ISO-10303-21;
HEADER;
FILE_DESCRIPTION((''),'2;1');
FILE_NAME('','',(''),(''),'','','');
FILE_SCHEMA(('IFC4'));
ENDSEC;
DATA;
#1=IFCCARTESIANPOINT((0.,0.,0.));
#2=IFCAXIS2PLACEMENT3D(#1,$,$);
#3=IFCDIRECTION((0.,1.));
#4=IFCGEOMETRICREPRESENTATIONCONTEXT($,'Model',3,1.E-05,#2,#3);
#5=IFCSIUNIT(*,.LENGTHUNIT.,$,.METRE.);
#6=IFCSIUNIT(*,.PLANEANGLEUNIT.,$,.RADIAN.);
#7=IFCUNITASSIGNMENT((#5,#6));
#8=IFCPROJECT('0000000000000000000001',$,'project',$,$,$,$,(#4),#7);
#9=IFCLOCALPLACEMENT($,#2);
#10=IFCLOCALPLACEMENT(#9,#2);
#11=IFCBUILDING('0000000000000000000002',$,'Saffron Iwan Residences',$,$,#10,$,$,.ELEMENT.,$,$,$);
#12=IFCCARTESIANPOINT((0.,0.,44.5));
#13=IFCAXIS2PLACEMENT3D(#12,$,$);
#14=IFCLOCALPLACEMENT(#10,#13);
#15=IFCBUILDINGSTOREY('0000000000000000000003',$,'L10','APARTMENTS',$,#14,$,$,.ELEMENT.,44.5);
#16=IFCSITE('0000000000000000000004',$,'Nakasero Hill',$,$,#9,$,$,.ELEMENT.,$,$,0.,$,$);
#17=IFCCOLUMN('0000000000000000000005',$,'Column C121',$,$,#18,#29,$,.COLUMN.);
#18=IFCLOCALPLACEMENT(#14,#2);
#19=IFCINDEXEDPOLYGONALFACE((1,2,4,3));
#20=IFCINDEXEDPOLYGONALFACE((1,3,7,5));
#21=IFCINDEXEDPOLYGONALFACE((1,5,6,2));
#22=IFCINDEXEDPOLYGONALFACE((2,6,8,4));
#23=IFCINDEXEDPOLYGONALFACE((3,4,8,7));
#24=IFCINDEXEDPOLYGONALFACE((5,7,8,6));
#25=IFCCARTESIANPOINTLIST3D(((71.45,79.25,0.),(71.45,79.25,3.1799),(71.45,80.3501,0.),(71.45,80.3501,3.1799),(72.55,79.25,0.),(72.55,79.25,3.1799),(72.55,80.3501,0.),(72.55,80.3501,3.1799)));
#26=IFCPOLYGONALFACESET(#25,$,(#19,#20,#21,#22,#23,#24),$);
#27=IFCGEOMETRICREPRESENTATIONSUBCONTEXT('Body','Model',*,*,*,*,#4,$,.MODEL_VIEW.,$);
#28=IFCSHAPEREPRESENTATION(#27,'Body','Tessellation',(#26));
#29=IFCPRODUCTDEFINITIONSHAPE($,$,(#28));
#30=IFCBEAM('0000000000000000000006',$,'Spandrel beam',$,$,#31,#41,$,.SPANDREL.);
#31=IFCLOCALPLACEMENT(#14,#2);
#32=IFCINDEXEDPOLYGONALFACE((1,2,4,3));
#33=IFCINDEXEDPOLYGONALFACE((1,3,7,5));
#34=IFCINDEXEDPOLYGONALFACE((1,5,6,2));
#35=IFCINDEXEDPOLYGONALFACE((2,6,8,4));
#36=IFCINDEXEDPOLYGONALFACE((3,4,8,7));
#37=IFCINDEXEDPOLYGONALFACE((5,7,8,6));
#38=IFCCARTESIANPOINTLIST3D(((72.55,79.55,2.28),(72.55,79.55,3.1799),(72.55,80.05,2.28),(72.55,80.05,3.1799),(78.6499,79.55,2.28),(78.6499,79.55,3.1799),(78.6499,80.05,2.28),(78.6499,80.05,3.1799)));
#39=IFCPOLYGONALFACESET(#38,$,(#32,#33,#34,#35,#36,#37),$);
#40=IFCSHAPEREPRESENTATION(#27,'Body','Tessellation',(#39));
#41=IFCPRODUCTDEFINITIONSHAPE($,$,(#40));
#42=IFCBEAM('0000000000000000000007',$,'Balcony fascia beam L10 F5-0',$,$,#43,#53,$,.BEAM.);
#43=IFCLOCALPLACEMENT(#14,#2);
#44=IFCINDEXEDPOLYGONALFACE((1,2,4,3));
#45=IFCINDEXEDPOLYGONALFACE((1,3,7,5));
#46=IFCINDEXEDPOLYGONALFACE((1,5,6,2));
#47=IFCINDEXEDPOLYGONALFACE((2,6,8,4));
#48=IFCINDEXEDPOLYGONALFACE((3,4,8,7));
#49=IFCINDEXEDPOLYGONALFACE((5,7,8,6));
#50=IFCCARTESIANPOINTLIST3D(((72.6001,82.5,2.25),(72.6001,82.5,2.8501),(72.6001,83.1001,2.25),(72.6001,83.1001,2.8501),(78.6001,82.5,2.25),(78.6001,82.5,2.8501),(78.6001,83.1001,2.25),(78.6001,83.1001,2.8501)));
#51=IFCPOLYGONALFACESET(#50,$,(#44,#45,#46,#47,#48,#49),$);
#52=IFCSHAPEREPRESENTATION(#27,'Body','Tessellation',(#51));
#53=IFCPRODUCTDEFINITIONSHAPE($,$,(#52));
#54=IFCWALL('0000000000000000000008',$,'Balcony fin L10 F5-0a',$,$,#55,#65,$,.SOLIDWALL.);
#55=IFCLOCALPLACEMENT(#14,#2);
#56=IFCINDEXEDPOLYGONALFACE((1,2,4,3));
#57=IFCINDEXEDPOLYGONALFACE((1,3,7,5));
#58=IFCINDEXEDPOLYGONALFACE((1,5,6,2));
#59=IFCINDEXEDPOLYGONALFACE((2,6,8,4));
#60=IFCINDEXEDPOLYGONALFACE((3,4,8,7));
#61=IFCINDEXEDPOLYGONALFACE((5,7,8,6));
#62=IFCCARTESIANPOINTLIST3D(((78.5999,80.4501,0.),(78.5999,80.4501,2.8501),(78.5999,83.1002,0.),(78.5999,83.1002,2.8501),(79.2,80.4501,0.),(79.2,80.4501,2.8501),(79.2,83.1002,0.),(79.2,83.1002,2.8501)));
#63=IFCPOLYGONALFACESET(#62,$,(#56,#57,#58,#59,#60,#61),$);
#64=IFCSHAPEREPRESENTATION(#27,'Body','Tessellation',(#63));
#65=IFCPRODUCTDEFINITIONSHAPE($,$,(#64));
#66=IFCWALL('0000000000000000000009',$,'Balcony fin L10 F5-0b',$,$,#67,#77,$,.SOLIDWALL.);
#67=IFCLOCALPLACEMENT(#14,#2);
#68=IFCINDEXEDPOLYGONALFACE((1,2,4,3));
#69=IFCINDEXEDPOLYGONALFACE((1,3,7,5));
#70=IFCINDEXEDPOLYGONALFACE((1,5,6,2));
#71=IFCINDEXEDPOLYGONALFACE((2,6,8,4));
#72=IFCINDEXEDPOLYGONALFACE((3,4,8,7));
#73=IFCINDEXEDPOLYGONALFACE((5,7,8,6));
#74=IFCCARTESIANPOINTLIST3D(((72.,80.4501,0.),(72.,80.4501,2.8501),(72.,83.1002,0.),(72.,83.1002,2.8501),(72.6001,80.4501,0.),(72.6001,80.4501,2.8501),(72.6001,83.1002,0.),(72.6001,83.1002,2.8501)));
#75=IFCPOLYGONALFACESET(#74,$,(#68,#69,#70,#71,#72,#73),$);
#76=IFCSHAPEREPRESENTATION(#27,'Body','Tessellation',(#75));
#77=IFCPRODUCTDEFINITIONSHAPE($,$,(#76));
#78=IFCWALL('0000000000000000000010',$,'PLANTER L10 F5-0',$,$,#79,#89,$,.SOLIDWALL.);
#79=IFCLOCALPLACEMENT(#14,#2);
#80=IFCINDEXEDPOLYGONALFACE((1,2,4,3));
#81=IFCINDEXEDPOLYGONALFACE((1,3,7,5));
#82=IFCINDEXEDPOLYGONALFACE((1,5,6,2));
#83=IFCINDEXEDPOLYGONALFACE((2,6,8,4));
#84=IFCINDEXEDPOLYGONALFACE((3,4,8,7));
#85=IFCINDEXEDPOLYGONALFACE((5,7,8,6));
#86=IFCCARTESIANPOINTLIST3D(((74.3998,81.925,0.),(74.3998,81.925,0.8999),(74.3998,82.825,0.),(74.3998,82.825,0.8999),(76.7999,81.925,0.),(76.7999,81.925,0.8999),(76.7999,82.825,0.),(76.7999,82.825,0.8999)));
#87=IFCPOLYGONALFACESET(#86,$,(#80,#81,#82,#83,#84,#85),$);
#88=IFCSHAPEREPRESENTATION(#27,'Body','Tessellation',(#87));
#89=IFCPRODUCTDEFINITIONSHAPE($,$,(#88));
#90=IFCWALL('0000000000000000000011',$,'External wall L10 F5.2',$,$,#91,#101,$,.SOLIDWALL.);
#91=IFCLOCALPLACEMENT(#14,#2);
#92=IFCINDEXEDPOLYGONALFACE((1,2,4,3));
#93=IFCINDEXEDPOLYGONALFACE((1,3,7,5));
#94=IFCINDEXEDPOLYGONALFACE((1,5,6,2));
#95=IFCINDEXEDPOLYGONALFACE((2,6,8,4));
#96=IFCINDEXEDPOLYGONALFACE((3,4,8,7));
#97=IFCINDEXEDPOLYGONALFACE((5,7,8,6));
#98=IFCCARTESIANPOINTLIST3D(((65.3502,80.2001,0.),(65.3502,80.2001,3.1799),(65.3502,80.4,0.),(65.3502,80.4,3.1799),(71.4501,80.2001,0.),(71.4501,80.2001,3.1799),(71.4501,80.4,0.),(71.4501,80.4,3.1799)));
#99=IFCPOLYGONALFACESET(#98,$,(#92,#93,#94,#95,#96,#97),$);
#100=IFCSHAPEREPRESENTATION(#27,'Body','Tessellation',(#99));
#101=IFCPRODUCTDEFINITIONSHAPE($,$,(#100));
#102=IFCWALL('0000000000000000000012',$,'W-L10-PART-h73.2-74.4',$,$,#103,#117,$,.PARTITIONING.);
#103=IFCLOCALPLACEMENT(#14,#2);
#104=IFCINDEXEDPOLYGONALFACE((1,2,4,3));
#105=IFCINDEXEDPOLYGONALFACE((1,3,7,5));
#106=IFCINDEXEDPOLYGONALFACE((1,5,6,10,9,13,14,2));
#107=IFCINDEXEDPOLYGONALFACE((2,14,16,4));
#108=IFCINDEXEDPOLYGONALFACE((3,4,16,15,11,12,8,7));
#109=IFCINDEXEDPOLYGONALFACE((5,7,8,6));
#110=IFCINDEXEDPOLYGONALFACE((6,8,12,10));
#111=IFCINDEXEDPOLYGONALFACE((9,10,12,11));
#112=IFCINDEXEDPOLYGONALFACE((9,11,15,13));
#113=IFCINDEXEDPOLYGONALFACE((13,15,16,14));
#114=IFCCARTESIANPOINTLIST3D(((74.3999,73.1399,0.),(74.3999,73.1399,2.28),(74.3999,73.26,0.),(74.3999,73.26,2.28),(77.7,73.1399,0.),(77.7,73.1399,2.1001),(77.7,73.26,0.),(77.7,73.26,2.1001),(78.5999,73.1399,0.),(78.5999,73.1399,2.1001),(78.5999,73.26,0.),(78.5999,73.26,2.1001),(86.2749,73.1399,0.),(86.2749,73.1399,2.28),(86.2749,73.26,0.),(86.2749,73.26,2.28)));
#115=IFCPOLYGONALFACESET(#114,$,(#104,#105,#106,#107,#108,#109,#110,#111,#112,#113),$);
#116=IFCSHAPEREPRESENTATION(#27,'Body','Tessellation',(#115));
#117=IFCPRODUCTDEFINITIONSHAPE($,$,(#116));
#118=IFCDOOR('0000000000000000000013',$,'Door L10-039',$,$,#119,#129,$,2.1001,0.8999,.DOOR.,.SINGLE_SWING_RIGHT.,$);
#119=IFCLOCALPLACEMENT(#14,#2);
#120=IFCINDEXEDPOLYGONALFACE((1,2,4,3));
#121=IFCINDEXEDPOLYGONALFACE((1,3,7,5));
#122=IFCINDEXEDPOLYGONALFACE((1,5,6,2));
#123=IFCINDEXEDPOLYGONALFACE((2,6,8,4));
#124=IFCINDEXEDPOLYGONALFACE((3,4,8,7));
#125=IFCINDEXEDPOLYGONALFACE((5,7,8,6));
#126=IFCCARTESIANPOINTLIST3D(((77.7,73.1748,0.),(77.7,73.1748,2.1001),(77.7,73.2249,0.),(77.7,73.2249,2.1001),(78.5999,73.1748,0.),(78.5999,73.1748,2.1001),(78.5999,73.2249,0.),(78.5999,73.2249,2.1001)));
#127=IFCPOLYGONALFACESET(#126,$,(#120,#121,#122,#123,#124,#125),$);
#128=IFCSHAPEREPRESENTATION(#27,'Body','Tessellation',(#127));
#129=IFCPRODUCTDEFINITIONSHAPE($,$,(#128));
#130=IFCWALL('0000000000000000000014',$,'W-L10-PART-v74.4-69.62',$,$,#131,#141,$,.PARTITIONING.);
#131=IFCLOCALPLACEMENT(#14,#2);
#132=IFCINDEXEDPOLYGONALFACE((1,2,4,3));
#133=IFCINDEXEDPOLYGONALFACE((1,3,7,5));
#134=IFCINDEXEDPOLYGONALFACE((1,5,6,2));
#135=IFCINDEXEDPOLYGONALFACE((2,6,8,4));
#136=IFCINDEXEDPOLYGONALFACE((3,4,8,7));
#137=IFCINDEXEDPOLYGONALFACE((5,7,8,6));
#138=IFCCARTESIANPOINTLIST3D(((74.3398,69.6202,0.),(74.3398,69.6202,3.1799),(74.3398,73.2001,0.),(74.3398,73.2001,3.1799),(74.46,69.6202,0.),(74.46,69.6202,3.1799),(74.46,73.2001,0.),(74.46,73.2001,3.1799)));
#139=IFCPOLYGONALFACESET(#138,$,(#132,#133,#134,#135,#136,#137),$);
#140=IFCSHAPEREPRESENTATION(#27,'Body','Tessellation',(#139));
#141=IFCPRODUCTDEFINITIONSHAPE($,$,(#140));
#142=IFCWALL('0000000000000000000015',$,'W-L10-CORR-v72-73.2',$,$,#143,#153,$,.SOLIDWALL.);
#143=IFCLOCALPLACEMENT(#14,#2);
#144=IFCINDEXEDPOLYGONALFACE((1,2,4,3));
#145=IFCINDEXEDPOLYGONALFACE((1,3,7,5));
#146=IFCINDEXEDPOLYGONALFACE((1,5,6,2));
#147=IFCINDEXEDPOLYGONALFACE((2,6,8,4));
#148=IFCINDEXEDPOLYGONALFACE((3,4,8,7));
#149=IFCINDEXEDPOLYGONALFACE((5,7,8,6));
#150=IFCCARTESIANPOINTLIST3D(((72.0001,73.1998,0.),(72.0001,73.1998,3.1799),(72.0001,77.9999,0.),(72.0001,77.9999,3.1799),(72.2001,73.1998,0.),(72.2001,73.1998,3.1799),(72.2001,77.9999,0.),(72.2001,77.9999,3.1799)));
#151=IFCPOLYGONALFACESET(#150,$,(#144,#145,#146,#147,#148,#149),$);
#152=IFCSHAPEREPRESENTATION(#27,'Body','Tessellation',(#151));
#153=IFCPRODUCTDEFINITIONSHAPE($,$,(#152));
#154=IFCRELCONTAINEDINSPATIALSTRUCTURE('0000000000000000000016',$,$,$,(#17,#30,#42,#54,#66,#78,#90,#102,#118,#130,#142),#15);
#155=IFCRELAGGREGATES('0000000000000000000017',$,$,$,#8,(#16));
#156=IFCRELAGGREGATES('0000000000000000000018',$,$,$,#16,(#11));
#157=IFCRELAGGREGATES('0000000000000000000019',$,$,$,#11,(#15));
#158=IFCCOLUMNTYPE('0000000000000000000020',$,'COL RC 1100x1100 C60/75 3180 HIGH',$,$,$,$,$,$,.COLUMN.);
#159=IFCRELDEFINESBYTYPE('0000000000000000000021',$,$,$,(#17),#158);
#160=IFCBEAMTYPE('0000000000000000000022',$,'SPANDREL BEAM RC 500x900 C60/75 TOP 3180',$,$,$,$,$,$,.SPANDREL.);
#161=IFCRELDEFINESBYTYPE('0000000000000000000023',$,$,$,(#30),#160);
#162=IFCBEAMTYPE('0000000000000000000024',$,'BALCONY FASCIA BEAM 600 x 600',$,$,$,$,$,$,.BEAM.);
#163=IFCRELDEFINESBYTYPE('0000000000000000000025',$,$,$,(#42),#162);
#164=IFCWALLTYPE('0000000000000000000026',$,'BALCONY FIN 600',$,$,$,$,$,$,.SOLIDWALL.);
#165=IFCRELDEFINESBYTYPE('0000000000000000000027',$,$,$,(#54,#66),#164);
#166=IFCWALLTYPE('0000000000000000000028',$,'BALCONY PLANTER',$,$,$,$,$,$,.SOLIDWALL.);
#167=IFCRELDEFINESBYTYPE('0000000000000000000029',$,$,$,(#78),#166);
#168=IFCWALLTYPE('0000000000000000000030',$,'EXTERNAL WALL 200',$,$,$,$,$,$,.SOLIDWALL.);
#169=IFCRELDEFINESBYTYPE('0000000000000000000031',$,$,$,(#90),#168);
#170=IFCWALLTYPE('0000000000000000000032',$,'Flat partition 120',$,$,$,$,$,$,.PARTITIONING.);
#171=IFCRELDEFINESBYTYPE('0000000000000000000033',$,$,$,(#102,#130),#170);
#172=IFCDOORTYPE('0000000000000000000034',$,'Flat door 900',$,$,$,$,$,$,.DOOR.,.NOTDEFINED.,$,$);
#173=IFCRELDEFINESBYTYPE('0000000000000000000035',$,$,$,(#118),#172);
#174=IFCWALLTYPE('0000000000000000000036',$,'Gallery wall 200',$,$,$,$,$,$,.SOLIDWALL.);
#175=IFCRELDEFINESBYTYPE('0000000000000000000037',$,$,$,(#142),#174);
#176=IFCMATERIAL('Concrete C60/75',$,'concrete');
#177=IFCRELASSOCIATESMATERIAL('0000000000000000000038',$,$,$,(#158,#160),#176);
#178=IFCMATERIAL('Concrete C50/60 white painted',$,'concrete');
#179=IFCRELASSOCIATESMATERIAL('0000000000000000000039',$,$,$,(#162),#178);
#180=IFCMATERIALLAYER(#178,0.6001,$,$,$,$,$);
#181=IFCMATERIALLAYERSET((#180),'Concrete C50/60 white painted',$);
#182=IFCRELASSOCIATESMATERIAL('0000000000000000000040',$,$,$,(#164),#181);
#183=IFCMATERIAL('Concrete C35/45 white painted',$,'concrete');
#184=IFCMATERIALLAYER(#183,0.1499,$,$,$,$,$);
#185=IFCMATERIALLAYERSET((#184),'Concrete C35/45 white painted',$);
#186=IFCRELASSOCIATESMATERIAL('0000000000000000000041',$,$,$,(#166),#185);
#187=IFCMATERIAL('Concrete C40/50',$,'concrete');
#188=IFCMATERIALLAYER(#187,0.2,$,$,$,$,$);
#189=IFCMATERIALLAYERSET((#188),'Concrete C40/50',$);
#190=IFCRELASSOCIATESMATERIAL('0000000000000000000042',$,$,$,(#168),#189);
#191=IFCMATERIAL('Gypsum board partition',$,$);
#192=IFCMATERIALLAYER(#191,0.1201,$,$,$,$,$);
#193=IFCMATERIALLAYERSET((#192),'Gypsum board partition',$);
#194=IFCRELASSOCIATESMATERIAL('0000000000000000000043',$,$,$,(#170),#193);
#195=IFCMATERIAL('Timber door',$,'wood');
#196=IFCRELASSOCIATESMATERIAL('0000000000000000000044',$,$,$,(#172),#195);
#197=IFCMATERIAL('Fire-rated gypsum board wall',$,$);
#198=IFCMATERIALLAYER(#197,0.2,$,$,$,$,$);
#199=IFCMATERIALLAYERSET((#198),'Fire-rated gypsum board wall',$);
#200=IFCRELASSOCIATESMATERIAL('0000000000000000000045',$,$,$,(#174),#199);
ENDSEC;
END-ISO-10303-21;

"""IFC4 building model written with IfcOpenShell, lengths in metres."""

from ifc_helpers import new_model, si_unit, direction, frame, frame_2d, origin, origin_2d, place, context, subcontext, project, spatial, rectangle, extrude, source, transform, mapped, material, layer, layer_set, material_profile, profile_set, type_object, element, fill, save


model = new_model("IFC4")

# Units and contexts
model_context = context("Model", 3, precision=1e-05, world=origin(), true_north=direction((0.0, 1.0)))
body_context = subcontext(model_context, "Body", "Model", "MODEL_VIEW")
ifc_project = project(units=[si_unit("LENGTHUNIT", "METRE"), si_unit("PLANEANGLEUNIT", "RADIAN")], contexts=[model_context])

# Site, building, storey
site_placement = place(None, origin())
site = spatial("IfcSite", under=ifc_project, at=site_placement, Name="Nakasero Hill", CompositionType="ELEMENT", RefElevation=0.0)
building_placement = place(site_placement, origin())
building = spatial("IfcBuilding", under=site, at=building_placement, Name="Saffron Iwan Residences", CompositionType="ELEMENT")
storey_placement = place(building_placement, frame((0.0, 0.0, 44.5)))
storey = spatial("IfcBuildingStorey", under=building, at=storey_placement, Name="L10", Description="APARTMENTS", CompositionType="ELEMENT", Elevation=44.5)

# Column
ifc_material_1 = material(Name="Concrete C60/75", Category="concrete")
ifc_material_profile_1 = material_profile(ifc_material_1, rectangle(XDim=1.1001, YDim=1.1001, at=origin_2d()), Name="RC 1100x1100")
ifc_profile_set_1 = profile_set([ifc_material_profile_1], Name="Concrete C60/75")
column_type = type_object("IfcColumnType", Name="COL RC 1100x1100 C60/75 3180 HIGH", PredefinedType="COLUMN", material=ifc_profile_set_1)
shared_shape_1 = source(origin(), body_context, "Body", "SweptSolid", [
    extrude(rectangle(XDim=1.1001, YDim=1.1001, at=origin_2d()), origin(), (0.0, 0.0, 1.0), 3.1799),
])
column_placement = place(storey_placement, frame((72.0, 79.8, 0.0), z_axis=(0.0, 0.0, 1.0), x_axis=(1.0, 0.0, 0.0)))
element("IfcColumn", 1, at=column_placement, inside=storey, type_object=column_type, Name="Column C121", PredefinedType="COLUMN", context=body_context, shape_type="MappedRepresentation", body=[
    mapped(shared_shape_1, transform((0.0, 0.0, 0.0))),
])

# Beams
ifc_material_profile_2 = material_profile(ifc_material_1, rectangle(XDim=0.5, YDim=0.8999, at=origin_2d()), Name="RC 500x900")
ifc_profile_set_2 = profile_set([ifc_material_profile_2], Name="Concrete C60/75")
beam_type_1 = type_object("IfcBeamType", Name="SPANDREL BEAM RC 500x900 C60/75 TOP 3180", PredefinedType="SPANDREL", material=ifc_profile_set_2)
shared_shape_2 = source(origin(), body_context, "Body", "SweptSolid", [
    extrude(rectangle(XDim=0.5, YDim=0.8999, at=origin_2d()), origin(), (0.0, 0.0, 1.0), 6.0999),
])
beam_1_placement = place(storey_placement, frame((72.55, 79.8, 2.73), z_axis=(1.0, 0.0, 0.0), x_axis=(0.0, 1.0, 0.0)))
element("IfcBeam", 2, at=beam_1_placement, inside=storey, type_object=beam_type_1, Name="Spandrel beam", PredefinedType="SPANDREL", context=body_context, shape_type="MappedRepresentation", body=[
    mapped(shared_shape_2, transform((0.0, 0.0, 0.0))),
])
ifc_material_2 = material(Name="Concrete C50/60 white painted", Category="concrete")
ifc_material_profile_3 = material_profile(ifc_material_2, rectangle(XDim=0.6001, YDim=0.6001, at=origin_2d()), Name="BALCONY FASCIA BEAM 600 x 600")
ifc_profile_set_3 = profile_set([ifc_material_profile_3], Name="Concrete C50/60 white painted")
beam_type_2 = type_object("IfcBeamType", Name="BALCONY FASCIA BEAM 600 x 600", PredefinedType="BEAM", material=ifc_profile_set_3)
shared_shape_3 = source(origin(), body_context, "Body", "SweptSolid", [
    extrude(rectangle(XDim=0.6001, YDim=0.6001, at=origin_2d()), origin(), (0.0, 0.0, 1.0), 6.0),
])
beam_2_placement = place(storey_placement, frame((78.6001, 82.8, 2.55), z_axis=(-1.0, 0.0, 0.0), x_axis=(0.0, -1.0, 0.0)))
element("IfcBeam", 3, at=beam_2_placement, inside=storey, type_object=beam_type_2, Name="Balcony fascia beam L10 F5-0", PredefinedType="BEAM", context=body_context, shape_type="MappedRepresentation", body=[
    mapped(shared_shape_3, transform((0.0, 0.0, 0.0))),
])

# Walls
ifc_layer_1 = layer(ifc_material_2, 0.6001)
ifc_layer_set_1 = layer_set([ifc_layer_1], Name="Concrete C50/60 white painted")
wall_type_1 = type_object("IfcWallType", Name="BALCONY FIN 600", PredefinedType="SOLIDWALL", material=ifc_layer_set_1)
for number, where, z_axis, x_axis, name in (
    (4, (78.8999, 80.45, 0.0), (0.0, 0.0, 1.0), (0.0, 1.0, 0.0), "Balcony fin L10 F5-0a"),
    (5, (72.3, 80.45, 0.0), (0.0, 0.0, 1.0), (0.0, 1.0, 0.0), "Balcony fin L10 F5-0b"),
):
    element("IfcWall", number, at=place(storey_placement, frame(where, z_axis=z_axis, x_axis=x_axis)), inside=storey, type_object=wall_type_1, Name=name, PredefinedType="SOLIDWALL", context=body_context, shape_type="SweptSolid", body=[
        extrude(rectangle(XDim=2.6501, YDim=0.6001, at=frame_2d((1.3252, 0.0))), origin(), (0.0, 0.0, 1.0), 2.8501),
    ])
ifc_material_3 = material(Name="Concrete C35/45 white painted", Category="concrete")
ifc_layer_2 = layer(ifc_material_3, 0.1499)
ifc_layer_set_2 = layer_set([ifc_layer_2], Name="Concrete C35/45 white painted")
wall_type_2 = type_object("IfcWallType", Name="BALCONY PLANTER", PredefinedType="SOLIDWALL", material=ifc_layer_set_2)
wall_1_placement = place(storey_placement, frame((76.8, 82.375, 0.0), z_axis=(0.0, 0.0, 1.0), x_axis=(-1.0, 0.0, 0.0)))
element("IfcWall", 6, at=wall_1_placement, inside=storey, type_object=wall_type_2, Name="PLANTER L10 F5-0", PredefinedType="SOLIDWALL", context=body_context, shape_type="SweptSolid", body=[
    extrude(rectangle(XDim=2.4001, YDim=0.8999, at=frame_2d((1.2002, 0.0))), origin(), (0.0, 0.0, 1.0), 0.8999),
])

# Shared definitions
ifc_material_4 = material(Name="Concrete C40/50", Category="concrete")
ifc_layer_3 = layer(ifc_material_4, 0.2)
ifc_layer_set_3 = layer_set([ifc_layer_3], Name="Concrete C40/50")
wall_type_3 = type_object("IfcWallType", Name="EXTERNAL WALL 200", PredefinedType="SOLIDWALL", material=ifc_layer_set_3)

# Wall
wall_2_placement = place(storey_placement, frame((71.45, 80.3, 0.0), z_axis=(0.0, 0.0, 1.0), x_axis=(-1.0, 0.0, 0.0)))
element("IfcWall", 7, at=wall_2_placement, inside=storey, type_object=wall_type_3, Name="External wall L10 F5.2", PredefinedType="SOLIDWALL", context=body_context, shape_type="SweptSolid", body=[
    extrude(rectangle(XDim=6.0999, YDim=0.2, at=frame_2d((3.0498, 0.0))), origin(), (0.0, 0.0, 1.0), 3.1799),
])

# Wall, opening, door
ifc_material_5 = material(Name="Gypsum board partition")
ifc_layer_4 = layer(ifc_material_5, 0.1201)
ifc_layer_set_4 = layer_set([ifc_layer_4], Name="Gypsum board partition")
wall_type_4 = type_object("IfcWallType", Name="Flat partition 120", PredefinedType="PARTITIONING", material=ifc_layer_set_4)
wall_3_placement = place(storey_placement, frame((74.3999, 73.2, 0.0), z_axis=(0.0, 0.0, 1.0), x_axis=(1.0, 0.0, 0.0)))
wall_3 = element("IfcWall", 8, at=wall_3_placement, inside=storey, type_object=wall_type_4, Name="W-L10-PART-h73.2-74.4", PredefinedType="PARTITIONING", context=body_context, shape_type="SweptSolid", body=[
    extrude(rectangle(XDim=11.875, YDim=0.1201, at=frame_2d((5.9375, 0.0))), origin(), (0.0, 0.0, 1.0), 2.28),
])
opening_1_placement = place(wall_3_placement, frame((3.3, 0.0, 0.0)))
opening_1 = element("IfcOpeningElement", 9, at=opening_1_placement, cuts=wall_3, PredefinedType="OPENING", context=body_context, shape_type="SweptSolid", body=[
    extrude(rectangle(XDim=0.8999, YDim=2.1001, at=frame_2d((0.45, 1.05))), frame((0.0, 0.0701, 0.0), z_axis=(0.0, -1.0, 0.0), x_axis=(1.0, 0.0, 0.0)), (0.0, 0.0, 1.0), 0.1401),
])
ifc_material_6 = material(Name="Timber door", Category="wood")
door_type_1 = type_object("IfcDoorType", Name="Flat door 900", OperationType="NOTDEFINED", PredefinedType="DOOR", material=ifc_material_6)
door_1_placement = place(opening_1_placement, origin())
door_1 = element("IfcDoor", 10, at=door_1_placement, inside=storey, type_object=door_type_1, Name="Door L10-039", OperationType="SINGLE_SWING_RIGHT", OverallHeight=2.1001, OverallWidth=0.8999, PredefinedType="DOOR", context=body_context, shape_type="SweptSolid", body=[
    extrude(rectangle(XDim=0.8999, YDim=2.1001, at=frame_2d((0.45, 1.05))), frame((0.0, 0.0249, 0.0), z_axis=(0.0, -1.0, 0.0), x_axis=(1.0, 0.0, 0.0)), (0.0, 0.0, 1.0), 0.05),
])
fill(opening_1, door_1)

# Walls
wall_4_placement = place(storey_placement, frame((74.3999, 69.6201, 0.0), z_axis=(0.0, 0.0, 1.0), x_axis=(0.0, 1.0, 0.0)))
element("IfcWall", 11, at=wall_4_placement, inside=storey, type_object=wall_type_4, Name="W-L10-PART-v74.4-69.62", PredefinedType="PARTITIONING", context=body_context, shape_type="SweptSolid", body=[
    extrude(rectangle(XDim=3.5798, YDim=0.1201, at=frame_2d((1.79, 0.0))), origin(), (0.0, 0.0, 1.0), 3.1799),
])
ifc_material_7 = material(Name="Fire-rated gypsum board wall")
ifc_layer_5 = layer(ifc_material_7, 0.2)
ifc_layer_set_5 = layer_set([ifc_layer_5], Name="Fire-rated gypsum board wall")
wall_type_5 = type_object("IfcWallType", Name="Gallery wall 200", PredefinedType="SOLIDWALL", material=ifc_layer_set_5)
wall_5_placement = place(storey_placement, frame((72.1001, 73.2, 0.0), z_axis=(0.0, 0.0, 1.0), x_axis=(0.0, 1.0, 0.0)))
element("IfcWall", 12, at=wall_5_placement, inside=storey, type_object=wall_type_5, Name="W-L10-CORR-v72-73.2", PredefinedType="SOLIDWALL", context=body_context, shape_type="SweptSolid", body=[
    extrude(rectangle(XDim=4.8, YDim=0.2, at=frame_2d((2.3999, 0.0))), origin(), (0.0, 0.0, 1.0), 3.1799),
])

save(model, "model.ifc")
